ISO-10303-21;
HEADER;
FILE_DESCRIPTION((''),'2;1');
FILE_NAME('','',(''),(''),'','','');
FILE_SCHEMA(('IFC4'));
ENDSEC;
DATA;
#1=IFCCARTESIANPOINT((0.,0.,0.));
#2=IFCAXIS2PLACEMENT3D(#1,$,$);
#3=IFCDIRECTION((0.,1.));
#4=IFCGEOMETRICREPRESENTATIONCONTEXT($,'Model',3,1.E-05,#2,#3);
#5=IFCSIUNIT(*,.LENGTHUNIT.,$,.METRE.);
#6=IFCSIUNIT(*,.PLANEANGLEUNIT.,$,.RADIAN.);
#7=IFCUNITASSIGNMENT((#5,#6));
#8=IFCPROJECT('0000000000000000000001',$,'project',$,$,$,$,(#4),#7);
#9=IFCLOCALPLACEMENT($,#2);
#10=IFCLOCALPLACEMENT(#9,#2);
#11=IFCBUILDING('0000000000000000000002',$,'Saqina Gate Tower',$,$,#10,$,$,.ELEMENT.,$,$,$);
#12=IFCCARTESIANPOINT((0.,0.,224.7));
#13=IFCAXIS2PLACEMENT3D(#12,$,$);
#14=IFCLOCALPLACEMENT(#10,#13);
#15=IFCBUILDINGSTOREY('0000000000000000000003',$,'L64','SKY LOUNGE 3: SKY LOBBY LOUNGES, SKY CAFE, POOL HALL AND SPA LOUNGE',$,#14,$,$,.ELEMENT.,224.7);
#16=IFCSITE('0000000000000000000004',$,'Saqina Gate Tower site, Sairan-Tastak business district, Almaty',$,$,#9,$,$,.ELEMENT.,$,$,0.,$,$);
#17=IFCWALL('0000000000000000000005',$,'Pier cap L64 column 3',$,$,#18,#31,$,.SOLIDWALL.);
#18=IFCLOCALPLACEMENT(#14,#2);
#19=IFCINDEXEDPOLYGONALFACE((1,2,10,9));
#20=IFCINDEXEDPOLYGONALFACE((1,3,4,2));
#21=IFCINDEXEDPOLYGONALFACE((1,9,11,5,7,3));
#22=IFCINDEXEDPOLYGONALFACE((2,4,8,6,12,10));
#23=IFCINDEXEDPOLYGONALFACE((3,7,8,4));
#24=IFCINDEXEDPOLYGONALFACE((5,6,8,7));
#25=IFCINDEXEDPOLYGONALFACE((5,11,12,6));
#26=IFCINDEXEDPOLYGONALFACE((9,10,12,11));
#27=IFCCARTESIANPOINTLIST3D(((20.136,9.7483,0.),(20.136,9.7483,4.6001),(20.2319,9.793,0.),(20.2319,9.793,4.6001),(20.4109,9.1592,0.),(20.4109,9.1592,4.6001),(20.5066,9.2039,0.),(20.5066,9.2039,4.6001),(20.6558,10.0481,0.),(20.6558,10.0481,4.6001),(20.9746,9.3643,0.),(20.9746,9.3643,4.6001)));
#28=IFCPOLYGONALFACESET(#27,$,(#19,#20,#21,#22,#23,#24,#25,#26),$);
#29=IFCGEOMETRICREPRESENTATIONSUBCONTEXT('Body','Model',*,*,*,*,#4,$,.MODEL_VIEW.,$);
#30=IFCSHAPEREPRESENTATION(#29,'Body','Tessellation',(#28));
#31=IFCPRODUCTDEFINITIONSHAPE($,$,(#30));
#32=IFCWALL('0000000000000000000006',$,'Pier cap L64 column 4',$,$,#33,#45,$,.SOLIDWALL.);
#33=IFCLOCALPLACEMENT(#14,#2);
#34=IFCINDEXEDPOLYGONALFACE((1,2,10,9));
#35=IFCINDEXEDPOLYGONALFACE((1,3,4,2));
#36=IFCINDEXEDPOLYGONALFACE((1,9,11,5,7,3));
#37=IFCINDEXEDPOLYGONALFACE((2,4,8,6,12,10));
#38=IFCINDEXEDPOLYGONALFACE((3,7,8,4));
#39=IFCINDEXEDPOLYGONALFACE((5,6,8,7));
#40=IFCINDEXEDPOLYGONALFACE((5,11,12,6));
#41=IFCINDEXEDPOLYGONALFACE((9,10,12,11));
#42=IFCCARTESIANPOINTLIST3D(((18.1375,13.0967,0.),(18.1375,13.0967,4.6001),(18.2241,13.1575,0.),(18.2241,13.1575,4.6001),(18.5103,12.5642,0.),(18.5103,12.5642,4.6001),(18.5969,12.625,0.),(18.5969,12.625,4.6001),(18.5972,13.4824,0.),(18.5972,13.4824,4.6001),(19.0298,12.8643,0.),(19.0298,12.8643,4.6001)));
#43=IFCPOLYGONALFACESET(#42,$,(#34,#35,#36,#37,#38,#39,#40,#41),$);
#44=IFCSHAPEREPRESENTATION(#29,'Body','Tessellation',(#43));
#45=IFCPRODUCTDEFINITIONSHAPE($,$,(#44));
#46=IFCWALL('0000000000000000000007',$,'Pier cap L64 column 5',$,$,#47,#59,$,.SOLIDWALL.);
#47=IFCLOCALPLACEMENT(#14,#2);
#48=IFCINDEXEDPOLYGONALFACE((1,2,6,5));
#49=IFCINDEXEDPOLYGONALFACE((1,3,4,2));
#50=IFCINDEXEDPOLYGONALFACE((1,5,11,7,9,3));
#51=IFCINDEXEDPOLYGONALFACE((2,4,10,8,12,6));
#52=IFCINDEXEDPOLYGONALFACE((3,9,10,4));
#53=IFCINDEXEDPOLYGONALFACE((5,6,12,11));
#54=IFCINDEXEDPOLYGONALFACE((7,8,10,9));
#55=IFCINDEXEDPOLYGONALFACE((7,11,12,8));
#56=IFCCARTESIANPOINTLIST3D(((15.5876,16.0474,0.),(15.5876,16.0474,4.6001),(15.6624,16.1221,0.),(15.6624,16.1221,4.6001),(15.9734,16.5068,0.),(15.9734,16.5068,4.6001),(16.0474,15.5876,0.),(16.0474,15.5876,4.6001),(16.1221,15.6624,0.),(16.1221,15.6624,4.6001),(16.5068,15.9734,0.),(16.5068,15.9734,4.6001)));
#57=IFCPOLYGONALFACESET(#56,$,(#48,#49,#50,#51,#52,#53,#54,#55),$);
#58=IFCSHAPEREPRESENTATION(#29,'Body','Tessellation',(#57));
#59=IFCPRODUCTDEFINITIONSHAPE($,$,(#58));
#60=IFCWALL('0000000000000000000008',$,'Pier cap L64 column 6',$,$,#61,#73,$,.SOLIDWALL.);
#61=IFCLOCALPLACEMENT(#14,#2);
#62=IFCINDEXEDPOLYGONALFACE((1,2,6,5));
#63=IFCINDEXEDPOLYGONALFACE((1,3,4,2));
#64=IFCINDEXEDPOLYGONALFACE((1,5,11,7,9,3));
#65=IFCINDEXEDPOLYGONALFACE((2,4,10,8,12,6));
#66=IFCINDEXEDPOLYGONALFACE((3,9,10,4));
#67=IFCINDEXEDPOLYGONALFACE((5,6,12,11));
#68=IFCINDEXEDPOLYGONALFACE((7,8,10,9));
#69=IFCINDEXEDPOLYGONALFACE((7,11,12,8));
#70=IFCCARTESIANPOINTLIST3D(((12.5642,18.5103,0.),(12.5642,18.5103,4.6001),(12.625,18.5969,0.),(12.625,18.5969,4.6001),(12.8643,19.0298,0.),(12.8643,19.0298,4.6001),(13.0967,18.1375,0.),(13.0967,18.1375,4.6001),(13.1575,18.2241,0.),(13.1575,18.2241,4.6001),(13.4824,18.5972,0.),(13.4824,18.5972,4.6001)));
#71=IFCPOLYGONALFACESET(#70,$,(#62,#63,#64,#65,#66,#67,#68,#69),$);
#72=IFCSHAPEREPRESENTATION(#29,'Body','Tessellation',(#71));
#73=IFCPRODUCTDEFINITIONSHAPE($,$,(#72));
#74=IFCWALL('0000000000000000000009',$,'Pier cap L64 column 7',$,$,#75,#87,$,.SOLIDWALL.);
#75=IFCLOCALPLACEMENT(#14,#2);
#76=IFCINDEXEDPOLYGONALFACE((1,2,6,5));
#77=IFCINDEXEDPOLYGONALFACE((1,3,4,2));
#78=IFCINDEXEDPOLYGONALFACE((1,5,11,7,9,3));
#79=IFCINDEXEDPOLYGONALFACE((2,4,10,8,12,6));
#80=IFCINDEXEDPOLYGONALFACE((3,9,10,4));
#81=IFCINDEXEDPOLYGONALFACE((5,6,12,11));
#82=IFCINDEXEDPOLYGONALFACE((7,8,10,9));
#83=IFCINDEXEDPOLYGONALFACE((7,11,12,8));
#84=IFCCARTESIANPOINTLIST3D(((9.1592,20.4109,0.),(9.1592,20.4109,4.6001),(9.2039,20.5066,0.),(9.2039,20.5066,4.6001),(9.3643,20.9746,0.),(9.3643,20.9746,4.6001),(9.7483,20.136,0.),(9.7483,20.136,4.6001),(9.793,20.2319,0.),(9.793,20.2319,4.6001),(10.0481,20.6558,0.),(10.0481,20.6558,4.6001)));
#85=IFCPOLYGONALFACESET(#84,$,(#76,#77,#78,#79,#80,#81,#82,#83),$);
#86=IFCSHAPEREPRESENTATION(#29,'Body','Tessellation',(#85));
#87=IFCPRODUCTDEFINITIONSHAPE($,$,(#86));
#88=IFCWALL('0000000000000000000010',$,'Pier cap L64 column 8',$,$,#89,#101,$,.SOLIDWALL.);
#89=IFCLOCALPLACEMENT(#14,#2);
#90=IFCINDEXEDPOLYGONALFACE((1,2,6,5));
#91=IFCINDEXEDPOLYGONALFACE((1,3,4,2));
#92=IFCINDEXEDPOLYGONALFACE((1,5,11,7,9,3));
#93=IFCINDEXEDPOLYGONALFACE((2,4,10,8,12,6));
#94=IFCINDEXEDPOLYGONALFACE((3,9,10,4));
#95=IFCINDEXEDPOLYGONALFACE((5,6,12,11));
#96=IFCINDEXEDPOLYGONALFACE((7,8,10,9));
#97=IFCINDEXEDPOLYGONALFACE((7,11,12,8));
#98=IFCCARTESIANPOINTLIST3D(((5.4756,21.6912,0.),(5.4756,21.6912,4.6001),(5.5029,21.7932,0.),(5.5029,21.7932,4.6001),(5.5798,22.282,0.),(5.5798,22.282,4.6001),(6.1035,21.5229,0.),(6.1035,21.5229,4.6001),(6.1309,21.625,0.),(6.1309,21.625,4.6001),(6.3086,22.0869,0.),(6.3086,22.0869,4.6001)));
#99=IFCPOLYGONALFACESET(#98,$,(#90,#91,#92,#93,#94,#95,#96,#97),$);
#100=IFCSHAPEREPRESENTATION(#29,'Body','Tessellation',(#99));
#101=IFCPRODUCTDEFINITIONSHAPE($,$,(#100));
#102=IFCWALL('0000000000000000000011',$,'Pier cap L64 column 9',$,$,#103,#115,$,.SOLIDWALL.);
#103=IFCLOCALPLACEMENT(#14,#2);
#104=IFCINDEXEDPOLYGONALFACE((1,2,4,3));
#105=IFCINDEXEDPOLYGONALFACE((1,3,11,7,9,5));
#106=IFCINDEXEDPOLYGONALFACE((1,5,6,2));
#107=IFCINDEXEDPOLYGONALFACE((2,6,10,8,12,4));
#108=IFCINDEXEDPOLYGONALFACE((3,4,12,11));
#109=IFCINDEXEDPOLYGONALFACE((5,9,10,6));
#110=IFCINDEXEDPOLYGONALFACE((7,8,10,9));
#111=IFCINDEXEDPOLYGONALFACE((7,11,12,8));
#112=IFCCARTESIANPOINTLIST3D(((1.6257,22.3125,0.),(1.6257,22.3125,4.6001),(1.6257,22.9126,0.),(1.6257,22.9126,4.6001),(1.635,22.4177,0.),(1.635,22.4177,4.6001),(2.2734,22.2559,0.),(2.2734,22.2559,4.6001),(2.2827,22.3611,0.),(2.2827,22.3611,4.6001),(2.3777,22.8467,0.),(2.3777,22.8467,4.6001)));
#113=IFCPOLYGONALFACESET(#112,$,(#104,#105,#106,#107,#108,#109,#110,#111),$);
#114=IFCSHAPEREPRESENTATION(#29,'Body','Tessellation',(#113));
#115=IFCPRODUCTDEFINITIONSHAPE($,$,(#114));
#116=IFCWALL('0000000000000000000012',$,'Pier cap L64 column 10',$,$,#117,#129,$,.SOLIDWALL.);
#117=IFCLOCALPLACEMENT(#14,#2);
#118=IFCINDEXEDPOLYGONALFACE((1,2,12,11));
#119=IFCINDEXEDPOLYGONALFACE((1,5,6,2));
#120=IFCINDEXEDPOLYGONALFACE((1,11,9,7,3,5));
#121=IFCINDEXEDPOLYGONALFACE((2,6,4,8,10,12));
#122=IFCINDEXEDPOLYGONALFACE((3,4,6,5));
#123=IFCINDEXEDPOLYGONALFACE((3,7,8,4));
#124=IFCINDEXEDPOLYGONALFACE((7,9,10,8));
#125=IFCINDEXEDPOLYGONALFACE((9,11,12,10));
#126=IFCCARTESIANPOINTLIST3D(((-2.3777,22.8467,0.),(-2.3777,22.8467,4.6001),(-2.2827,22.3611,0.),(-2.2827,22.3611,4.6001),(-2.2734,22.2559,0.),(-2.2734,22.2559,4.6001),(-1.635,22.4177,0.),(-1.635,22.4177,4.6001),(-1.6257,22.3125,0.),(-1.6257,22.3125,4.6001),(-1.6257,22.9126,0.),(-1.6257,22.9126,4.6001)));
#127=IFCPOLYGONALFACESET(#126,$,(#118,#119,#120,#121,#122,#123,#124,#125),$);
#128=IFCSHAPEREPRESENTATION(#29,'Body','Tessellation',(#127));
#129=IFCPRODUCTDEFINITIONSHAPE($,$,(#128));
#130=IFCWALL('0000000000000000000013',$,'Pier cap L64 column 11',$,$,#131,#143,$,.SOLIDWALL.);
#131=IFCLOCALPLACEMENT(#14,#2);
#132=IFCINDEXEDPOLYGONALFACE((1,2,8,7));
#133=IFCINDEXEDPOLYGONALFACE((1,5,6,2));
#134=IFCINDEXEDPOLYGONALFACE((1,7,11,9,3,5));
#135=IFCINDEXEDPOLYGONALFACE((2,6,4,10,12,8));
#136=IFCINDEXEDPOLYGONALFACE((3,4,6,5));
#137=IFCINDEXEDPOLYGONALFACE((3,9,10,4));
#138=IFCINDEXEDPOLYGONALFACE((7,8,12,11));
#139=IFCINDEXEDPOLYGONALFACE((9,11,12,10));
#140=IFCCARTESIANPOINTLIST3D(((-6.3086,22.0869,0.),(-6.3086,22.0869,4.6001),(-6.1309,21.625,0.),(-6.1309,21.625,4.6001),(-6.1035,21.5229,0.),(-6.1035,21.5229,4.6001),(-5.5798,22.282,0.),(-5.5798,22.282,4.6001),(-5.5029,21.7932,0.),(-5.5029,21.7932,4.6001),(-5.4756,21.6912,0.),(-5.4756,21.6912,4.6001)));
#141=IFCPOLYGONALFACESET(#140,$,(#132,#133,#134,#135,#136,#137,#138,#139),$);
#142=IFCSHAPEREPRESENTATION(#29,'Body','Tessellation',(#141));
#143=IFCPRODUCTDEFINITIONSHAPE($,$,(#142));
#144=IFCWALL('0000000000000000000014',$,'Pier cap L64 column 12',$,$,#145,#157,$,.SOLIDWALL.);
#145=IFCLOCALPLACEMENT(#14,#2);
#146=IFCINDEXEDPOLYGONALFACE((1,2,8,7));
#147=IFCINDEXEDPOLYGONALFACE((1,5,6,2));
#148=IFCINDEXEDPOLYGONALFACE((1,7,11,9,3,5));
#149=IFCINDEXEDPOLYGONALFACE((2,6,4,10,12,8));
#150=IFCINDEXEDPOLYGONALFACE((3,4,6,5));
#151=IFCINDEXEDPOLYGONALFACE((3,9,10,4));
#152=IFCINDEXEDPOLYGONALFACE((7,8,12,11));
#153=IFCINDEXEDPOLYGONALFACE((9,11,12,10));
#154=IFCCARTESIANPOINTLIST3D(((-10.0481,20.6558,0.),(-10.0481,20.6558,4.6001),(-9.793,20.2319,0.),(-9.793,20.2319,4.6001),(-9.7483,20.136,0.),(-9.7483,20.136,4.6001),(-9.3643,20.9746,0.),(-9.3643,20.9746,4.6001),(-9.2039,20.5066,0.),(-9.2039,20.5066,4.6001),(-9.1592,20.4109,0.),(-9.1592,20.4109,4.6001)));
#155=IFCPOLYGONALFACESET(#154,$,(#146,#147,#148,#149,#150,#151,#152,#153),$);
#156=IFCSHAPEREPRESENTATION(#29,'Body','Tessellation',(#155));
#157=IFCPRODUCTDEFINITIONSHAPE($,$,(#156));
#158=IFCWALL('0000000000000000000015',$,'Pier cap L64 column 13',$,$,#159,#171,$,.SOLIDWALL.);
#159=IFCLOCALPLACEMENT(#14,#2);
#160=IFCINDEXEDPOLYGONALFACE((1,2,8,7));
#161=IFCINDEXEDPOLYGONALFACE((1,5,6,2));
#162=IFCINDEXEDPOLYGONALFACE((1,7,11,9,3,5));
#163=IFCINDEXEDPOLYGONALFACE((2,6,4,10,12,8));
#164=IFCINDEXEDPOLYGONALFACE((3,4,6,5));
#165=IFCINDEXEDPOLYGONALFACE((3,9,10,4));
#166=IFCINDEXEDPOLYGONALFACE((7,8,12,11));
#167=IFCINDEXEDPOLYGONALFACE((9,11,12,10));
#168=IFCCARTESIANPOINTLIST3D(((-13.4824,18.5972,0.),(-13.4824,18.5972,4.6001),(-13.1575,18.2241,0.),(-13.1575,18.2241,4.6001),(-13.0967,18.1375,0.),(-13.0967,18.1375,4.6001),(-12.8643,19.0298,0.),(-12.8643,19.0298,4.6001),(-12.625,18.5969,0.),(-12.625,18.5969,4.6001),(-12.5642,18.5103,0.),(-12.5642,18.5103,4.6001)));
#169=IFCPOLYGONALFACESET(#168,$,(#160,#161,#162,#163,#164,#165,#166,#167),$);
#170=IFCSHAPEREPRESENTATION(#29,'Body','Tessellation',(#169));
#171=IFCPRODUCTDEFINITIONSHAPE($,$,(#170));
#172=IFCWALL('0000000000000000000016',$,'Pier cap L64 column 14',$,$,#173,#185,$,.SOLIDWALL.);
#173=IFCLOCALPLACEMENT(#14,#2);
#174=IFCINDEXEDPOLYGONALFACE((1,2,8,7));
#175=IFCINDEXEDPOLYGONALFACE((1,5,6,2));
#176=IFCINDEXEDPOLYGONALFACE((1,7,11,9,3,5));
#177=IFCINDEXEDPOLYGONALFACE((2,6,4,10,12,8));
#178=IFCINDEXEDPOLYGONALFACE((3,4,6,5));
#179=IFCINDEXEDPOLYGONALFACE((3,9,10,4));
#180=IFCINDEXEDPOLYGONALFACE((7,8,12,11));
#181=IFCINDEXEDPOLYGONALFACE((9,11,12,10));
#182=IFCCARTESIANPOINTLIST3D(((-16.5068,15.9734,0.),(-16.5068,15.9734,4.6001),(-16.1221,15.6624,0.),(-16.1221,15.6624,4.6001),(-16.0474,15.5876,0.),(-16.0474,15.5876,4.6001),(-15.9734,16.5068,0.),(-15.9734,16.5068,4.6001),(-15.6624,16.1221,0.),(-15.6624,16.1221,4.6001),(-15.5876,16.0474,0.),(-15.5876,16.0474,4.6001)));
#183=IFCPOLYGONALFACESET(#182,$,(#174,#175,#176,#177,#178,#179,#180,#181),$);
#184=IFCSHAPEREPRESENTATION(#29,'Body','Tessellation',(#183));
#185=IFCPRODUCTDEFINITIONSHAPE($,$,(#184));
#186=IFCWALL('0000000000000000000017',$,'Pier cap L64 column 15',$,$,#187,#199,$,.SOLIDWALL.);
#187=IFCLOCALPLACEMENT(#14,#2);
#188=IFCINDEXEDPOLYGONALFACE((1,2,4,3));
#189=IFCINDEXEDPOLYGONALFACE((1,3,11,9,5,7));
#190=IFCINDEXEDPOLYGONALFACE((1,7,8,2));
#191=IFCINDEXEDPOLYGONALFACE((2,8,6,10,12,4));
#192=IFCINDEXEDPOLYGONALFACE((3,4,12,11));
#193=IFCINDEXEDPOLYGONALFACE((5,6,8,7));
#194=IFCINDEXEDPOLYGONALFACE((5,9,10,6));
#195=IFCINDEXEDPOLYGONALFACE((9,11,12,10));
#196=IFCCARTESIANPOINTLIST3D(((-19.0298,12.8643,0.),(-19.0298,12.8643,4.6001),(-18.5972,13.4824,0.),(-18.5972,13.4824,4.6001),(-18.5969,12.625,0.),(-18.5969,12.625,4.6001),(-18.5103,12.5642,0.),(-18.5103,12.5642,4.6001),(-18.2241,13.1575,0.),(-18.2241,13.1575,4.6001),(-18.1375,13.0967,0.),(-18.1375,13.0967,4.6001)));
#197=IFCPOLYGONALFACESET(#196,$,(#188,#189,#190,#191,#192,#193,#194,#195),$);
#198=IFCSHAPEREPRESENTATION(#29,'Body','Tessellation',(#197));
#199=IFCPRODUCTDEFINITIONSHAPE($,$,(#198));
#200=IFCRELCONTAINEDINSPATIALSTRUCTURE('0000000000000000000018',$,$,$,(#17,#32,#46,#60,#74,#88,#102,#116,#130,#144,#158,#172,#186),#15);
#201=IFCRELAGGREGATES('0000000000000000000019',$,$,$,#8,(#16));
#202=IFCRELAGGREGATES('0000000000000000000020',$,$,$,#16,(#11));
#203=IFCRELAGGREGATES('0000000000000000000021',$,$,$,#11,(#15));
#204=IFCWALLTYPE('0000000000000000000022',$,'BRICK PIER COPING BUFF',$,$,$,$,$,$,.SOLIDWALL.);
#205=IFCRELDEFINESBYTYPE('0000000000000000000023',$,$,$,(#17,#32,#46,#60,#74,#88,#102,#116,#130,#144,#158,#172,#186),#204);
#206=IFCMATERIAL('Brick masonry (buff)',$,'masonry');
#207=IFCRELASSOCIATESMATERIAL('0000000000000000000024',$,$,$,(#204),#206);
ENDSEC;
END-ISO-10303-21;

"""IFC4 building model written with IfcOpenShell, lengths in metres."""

from ifc_helpers import new_model, si_unit, direction, frame, origin, place, context, subcontext, project, spatial, polyline, outline, extrude, material, type_object, element, save


model = new_model("IFC4")

# Units and contexts
model_context = context("Model", 3, precision=1e-05, world=origin(), true_north=direction((0.0, 1.0)))
body_context = subcontext(model_context, "Body", "Model", "MODEL_VIEW")
ifc_project = project(units=[si_unit("LENGTHUNIT", "METRE"), si_unit("PLANEANGLEUNIT", "RADIAN")], contexts=[model_context])

# Site, building, storey
site_placement = place(None, origin())
site = spatial("IfcSite", under=ifc_project, at=site_placement, Name="Saqina Gate Tower site, Sairan-Tastak business district, Almaty", CompositionType="ELEMENT", RefElevation=0.0)
building_placement = place(site_placement, origin())
building = spatial("IfcBuilding", under=site, at=building_placement, Name="Saqina Gate Tower", CompositionType="ELEMENT")
storey_placement = place(building_placement, frame((0.0, 0.0, 224.7)))
storey = spatial("IfcBuildingStorey", under=building, at=storey_placement, Name="L64", Description="SKY LOUNGE 3: SKY LOBBY LOUNGES, SKY CAFE, POOL HALL AND SPA LOUNGE", CompositionType="ELEMENT", Elevation=224.7)

# Walls
ifc_material_1 = material(Name="Brick masonry (buff)", Category="masonry")
wall_type = type_object("IfcWallType", Name="BRICK PIER COPING BUFF", PredefinedType="SOLIDWALL", material=ifc_material_1)
wall_1_placement = place(storey_placement, origin())
element("IfcWall", 1, at=wall_1_placement, inside=storey, type_object=wall_type, Name="Pier cap L64 column 3", PredefinedType="SOLIDWALL", context=body_context, shape_type="SweptSolid", body=[
    extrude(outline(polyline([(20.9746, 9.3643), (20.6558, 10.0481), (20.136, 9.7483), (20.2319, 9.793), (20.5066, 9.2039), (20.4109, 9.1592), (20.9746, 9.3643)])), origin(), (0.0, 0.0, 1.0), 4.6001),
])
wall_2_placement = place(storey_placement, origin())
element("IfcWall", 2, at=wall_2_placement, inside=storey, type_object=wall_type, Name="Pier cap L64 column 4", PredefinedType="SOLIDWALL", context=body_context, shape_type="SweptSolid", body=[
    extrude(outline(polyline([(19.0298, 12.8643), (18.5972, 13.4824), (18.1375, 13.0967), (18.2241, 13.1575), (18.5969, 12.625), (18.5103, 12.5642), (19.0298, 12.8643)])), origin(), (0.0, 0.0, 1.0), 4.6001),
])
wall_3_placement = place(storey_placement, origin())
element("IfcWall", 3, at=wall_3_placement, inside=storey, type_object=wall_type, Name="Pier cap L64 column 5", PredefinedType="SOLIDWALL", context=body_context, shape_type="SweptSolid", body=[
    extrude(outline(polyline([(15.9734, 16.5068), (15.5876, 16.0474), (15.6624, 16.1221), (16.1221, 15.6624), (16.0474, 15.5876), (16.5068, 15.9734), (15.9734, 16.5068)])), origin(), (0.0, 0.0, 1.0), 4.6001),
])
wall_4_placement = place(storey_placement, origin())
element("IfcWall", 4, at=wall_4_placement, inside=storey, type_object=wall_type, Name="Pier cap L64 column 6", PredefinedType="SOLIDWALL", context=body_context, shape_type="SweptSolid", body=[
    extrude(outline(polyline([(12.8643, 19.0298), (12.5642, 18.5103), (12.625, 18.5969), (13.1575, 18.2241), (13.0967, 18.1375), (13.4824, 18.5972), (12.8643, 19.0298)])), origin(), (0.0, 0.0, 1.0), 4.6001),
])
wall_5_placement = place(storey_placement, origin())
element("IfcWall", 5, at=wall_5_placement, inside=storey, type_object=wall_type, Name="Pier cap L64 column 7", PredefinedType="SOLIDWALL", context=body_context, shape_type="SweptSolid", body=[
    extrude(outline(polyline([(10.0481, 20.6558), (9.3643, 20.9746), (9.1592, 20.4109), (9.2039, 20.5066), (9.793, 20.2319), (9.7483, 20.136), (10.0481, 20.6558)])), origin(), (0.0, 0.0, 1.0), 4.6001),
])
wall_6_placement = place(storey_placement, origin())
element("IfcWall", 6, at=wall_6_placement, inside=storey, type_object=wall_type, Name="Pier cap L64 column 8", PredefinedType="SOLIDWALL", context=body_context, shape_type="SweptSolid", body=[
    extrude(outline(polyline([(5.5798, 22.282), (5.4756, 21.6912), (5.5029, 21.7932), (6.1309, 21.625), (6.1035, 21.5229), (6.3086, 22.0869), (5.5798, 22.282)])), origin(), (0.0, 0.0, 1.0), 4.6001),
])
wall_7_placement = place(storey_placement, origin())
element("IfcWall", 7, at=wall_7_placement, inside=storey, type_object=wall_type, Name="Pier cap L64 column 9", PredefinedType="SOLIDWALL", context=body_context, shape_type="SweptSolid", body=[
    extrude(outline(polyline([(2.3777, 22.8467), (1.6257, 22.9126), (1.6257, 22.3125), (1.635, 22.4177), (2.2827, 22.3611), (2.2734, 22.2559), (2.3777, 22.8467)])), origin(), (0.0, 0.0, 1.0), 4.6001),
])
wall_8_placement = place(storey_placement, origin())
element("IfcWall", 8, at=wall_8_placement, inside=storey, type_object=wall_type, Name="Pier cap L64 column 10", PredefinedType="SOLIDWALL", context=body_context, shape_type="SweptSolid", body=[
    extrude(outline(polyline([(-1.6257, 22.9126), (-2.3777, 22.8467), (-2.2734, 22.2559), (-2.2827, 22.3611), (-1.635, 22.4177), (-1.6257, 22.3125), (-1.6257, 22.9126)])), origin(), (0.0, 0.0, 1.0), 4.6001),
])
wall_9_placement = place(storey_placement, origin())
element("IfcWall", 9, at=wall_9_placement, inside=storey, type_object=wall_type, Name="Pier cap L64 column 11", PredefinedType="SOLIDWALL", context=body_context, shape_type="SweptSolid", body=[
    extrude(outline(polyline([(-6.3086, 22.0869), (-6.1035, 21.5229), (-6.1309, 21.625), (-5.5029, 21.7932), (-5.4756, 21.6912), (-5.5798, 22.282), (-6.3086, 22.0869)])), origin(), (0.0, 0.0, 1.0), 4.6001),
])
wall_10_placement = place(storey_placement, origin())
element("IfcWall", 10, at=wall_10_placement, inside=storey, type_object=wall_type, Name="Pier cap L64 column 12", PredefinedType="SOLIDWALL", context=body_context, shape_type="SweptSolid", body=[
    extrude(outline(polyline([(-9.3643, 20.9746), (-10.0481, 20.6558), (-9.7483, 20.136), (-9.793, 20.2319), (-9.2039, 20.5066), (-9.1592, 20.4109), (-9.3643, 20.9746)])), origin(), (0.0, 0.0, 1.0), 4.6001),
])
wall_11_placement = place(storey_placement, origin())
element("IfcWall", 11, at=wall_11_placement, inside=storey, type_object=wall_type, Name="Pier cap L64 column 13", PredefinedType="SOLIDWALL", context=body_context, shape_type="SweptSolid", body=[
    extrude(outline(polyline([(-12.8643, 19.0298), (-13.4824, 18.5972), (-13.0967, 18.1375), (-13.1575, 18.2241), (-12.625, 18.5969), (-12.5642, 18.5103), (-12.8643, 19.0298)])), origin(), (0.0, 0.0, 1.0), 4.6001),
])
wall_12_placement = place(storey_placement, origin())
element("IfcWall", 12, at=wall_12_placement, inside=storey, type_object=wall_type, Name="Pier cap L64 column 14", PredefinedType="SOLIDWALL", context=body_context, shape_type="SweptSolid", body=[
    extrude(outline(polyline([(-16.5068, 15.9734), (-16.0474, 15.5876), (-16.1221, 15.6624), (-15.6624, 16.1221), (-15.5876, 16.0474), (-15.9734, 16.5068), (-16.5068, 15.9734)])), origin(), (0.0, 0.0, 1.0), 4.6001),
])
wall_13_placement = place(storey_placement, origin())
element("IfcWall", 13, at=wall_13_placement, inside=storey, type_object=wall_type, Name="Pier cap L64 column 15", PredefinedType="SOLIDWALL", context=body_context, shape_type="SweptSolid", body=[
    extrude(outline(polyline([(-19.0298, 12.8643), (-18.5103, 12.5642), (-18.5969, 12.625), (-18.2241, 13.1575), (-18.1375, 13.0967), (-18.5972, 13.4824), (-19.0298, 12.8643)])), origin(), (0.0, 0.0, 1.0), 4.6001),
])

save(model, "model.ifc")
